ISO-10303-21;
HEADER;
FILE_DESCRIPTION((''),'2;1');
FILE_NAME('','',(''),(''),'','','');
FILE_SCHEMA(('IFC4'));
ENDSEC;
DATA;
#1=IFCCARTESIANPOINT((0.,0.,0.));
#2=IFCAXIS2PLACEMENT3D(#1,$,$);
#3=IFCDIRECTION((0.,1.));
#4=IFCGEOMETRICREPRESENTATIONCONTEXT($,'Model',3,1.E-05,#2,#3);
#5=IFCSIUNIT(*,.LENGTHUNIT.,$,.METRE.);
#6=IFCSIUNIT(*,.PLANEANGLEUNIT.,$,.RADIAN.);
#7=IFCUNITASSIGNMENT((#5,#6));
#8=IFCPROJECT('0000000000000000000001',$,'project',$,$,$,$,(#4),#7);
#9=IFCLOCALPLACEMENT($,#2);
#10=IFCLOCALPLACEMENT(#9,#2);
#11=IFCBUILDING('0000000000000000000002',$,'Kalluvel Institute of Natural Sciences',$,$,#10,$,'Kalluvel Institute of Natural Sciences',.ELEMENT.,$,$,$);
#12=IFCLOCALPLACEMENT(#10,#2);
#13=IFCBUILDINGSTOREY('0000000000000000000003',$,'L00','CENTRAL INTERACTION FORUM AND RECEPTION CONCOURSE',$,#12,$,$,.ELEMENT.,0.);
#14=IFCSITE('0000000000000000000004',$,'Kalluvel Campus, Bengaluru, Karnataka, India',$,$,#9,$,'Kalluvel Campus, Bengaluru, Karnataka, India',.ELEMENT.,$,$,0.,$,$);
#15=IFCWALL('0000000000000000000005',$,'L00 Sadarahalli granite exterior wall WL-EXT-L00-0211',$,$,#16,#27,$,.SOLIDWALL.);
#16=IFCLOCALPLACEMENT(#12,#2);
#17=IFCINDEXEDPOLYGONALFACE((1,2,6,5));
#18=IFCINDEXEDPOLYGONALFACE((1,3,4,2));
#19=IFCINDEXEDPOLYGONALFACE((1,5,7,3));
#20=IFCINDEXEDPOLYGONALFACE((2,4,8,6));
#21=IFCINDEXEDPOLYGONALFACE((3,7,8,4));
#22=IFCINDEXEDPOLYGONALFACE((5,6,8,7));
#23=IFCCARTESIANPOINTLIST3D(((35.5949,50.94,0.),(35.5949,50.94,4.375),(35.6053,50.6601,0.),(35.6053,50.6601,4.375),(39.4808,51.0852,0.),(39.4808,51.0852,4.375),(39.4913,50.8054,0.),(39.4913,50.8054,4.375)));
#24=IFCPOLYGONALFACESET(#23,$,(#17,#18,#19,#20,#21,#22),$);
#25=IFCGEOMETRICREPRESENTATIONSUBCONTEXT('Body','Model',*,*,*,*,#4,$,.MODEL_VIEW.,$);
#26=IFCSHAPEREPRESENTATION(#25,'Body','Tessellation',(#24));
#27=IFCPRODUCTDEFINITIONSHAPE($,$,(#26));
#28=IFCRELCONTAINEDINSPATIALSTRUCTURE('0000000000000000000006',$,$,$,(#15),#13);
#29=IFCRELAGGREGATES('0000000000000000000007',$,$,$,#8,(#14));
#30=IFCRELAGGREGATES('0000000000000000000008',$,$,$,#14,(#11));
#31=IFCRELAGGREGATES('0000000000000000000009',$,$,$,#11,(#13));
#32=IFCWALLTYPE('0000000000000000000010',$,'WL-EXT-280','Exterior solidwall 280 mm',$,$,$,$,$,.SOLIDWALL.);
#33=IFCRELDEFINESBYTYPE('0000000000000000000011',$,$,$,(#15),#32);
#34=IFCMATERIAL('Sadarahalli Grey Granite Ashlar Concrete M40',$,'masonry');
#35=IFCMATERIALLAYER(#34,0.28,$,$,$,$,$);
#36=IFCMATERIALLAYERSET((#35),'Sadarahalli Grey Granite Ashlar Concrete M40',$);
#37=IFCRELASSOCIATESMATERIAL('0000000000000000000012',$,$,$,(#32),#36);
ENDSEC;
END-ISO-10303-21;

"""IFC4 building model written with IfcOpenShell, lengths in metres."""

from ifc_helpers import new_model, si_unit, direction, frame, frame_2d, origin, place, context, subcontext, project, spatial, rectangle, extrude, material, layer, layer_set, type_object, element, save


model = new_model("IFC4")

# Units and contexts
model_context = context("Model", 3, precision=1e-05, world=origin(), true_north=direction((0.0, 1.0)))
body_context = subcontext(model_context, "Body", "Model", "MODEL_VIEW")
ifc_project = project(units=[si_unit("LENGTHUNIT", "METRE"), si_unit("PLANEANGLEUNIT", "RADIAN")], contexts=[model_context])

# Site, building, storey
site_placement = place(None, origin())
site = spatial("IfcSite", under=ifc_project, at=site_placement, Name="Kalluvel Campus, Bengaluru, Karnataka, India", LongName="Kalluvel Campus, Bengaluru, Karnataka, India", CompositionType="ELEMENT", RefElevation=0.0)
building_placement = place(site_placement, origin())
building = spatial("IfcBuilding", under=site, at=building_placement, Name="Kalluvel Institute of Natural Sciences", LongName="Kalluvel Institute of Natural Sciences", CompositionType="ELEMENT")
storey_placement = place(building_placement, origin())
storey = spatial("IfcBuildingStorey", under=building, at=storey_placement, Name="L00", Description="CENTRAL INTERACTION FORUM AND RECEPTION CONCOURSE", CompositionType="ELEMENT", Elevation=0.0)

# Wall
ifc_material_1 = material(Name="Sadarahalli Grey Granite Ashlar Concrete M40", Category="masonry")
ifc_layer_1 = layer(ifc_material_1, 0.28)
ifc_layer_set_1 = layer_set([ifc_layer_1], Name="Sadarahalli Grey Granite Ashlar Concrete M40")
wall_type = type_object("IfcWallType", Name="WL-EXT-280", Description="Exterior solidwall 280 mm", PredefinedType="SOLIDWALL", material=ifc_layer_set_1)
wall_placement = place(storey_placement, frame((35.6001, 50.8, 0.0), z_axis=(0.0, 0.0, 1.0), x_axis=(0.999302, 0.037355, 0.0)))
element("IfcWall", 1, at=wall_placement, inside=storey, type_object=wall_type, Name="L00 Sadarahalli granite exterior wall WL-EXT-L00-0211", PredefinedType="SOLIDWALL", context=body_context, shape_type="SweptSolid", body=[
    extrude(rectangle(XDim=3.8887, YDim=0.28, at=frame_2d((1.9443, 0.0))), origin(), (0.0, 0.0, 1.0), 4.375),
])

save(model, "model.ifc")
